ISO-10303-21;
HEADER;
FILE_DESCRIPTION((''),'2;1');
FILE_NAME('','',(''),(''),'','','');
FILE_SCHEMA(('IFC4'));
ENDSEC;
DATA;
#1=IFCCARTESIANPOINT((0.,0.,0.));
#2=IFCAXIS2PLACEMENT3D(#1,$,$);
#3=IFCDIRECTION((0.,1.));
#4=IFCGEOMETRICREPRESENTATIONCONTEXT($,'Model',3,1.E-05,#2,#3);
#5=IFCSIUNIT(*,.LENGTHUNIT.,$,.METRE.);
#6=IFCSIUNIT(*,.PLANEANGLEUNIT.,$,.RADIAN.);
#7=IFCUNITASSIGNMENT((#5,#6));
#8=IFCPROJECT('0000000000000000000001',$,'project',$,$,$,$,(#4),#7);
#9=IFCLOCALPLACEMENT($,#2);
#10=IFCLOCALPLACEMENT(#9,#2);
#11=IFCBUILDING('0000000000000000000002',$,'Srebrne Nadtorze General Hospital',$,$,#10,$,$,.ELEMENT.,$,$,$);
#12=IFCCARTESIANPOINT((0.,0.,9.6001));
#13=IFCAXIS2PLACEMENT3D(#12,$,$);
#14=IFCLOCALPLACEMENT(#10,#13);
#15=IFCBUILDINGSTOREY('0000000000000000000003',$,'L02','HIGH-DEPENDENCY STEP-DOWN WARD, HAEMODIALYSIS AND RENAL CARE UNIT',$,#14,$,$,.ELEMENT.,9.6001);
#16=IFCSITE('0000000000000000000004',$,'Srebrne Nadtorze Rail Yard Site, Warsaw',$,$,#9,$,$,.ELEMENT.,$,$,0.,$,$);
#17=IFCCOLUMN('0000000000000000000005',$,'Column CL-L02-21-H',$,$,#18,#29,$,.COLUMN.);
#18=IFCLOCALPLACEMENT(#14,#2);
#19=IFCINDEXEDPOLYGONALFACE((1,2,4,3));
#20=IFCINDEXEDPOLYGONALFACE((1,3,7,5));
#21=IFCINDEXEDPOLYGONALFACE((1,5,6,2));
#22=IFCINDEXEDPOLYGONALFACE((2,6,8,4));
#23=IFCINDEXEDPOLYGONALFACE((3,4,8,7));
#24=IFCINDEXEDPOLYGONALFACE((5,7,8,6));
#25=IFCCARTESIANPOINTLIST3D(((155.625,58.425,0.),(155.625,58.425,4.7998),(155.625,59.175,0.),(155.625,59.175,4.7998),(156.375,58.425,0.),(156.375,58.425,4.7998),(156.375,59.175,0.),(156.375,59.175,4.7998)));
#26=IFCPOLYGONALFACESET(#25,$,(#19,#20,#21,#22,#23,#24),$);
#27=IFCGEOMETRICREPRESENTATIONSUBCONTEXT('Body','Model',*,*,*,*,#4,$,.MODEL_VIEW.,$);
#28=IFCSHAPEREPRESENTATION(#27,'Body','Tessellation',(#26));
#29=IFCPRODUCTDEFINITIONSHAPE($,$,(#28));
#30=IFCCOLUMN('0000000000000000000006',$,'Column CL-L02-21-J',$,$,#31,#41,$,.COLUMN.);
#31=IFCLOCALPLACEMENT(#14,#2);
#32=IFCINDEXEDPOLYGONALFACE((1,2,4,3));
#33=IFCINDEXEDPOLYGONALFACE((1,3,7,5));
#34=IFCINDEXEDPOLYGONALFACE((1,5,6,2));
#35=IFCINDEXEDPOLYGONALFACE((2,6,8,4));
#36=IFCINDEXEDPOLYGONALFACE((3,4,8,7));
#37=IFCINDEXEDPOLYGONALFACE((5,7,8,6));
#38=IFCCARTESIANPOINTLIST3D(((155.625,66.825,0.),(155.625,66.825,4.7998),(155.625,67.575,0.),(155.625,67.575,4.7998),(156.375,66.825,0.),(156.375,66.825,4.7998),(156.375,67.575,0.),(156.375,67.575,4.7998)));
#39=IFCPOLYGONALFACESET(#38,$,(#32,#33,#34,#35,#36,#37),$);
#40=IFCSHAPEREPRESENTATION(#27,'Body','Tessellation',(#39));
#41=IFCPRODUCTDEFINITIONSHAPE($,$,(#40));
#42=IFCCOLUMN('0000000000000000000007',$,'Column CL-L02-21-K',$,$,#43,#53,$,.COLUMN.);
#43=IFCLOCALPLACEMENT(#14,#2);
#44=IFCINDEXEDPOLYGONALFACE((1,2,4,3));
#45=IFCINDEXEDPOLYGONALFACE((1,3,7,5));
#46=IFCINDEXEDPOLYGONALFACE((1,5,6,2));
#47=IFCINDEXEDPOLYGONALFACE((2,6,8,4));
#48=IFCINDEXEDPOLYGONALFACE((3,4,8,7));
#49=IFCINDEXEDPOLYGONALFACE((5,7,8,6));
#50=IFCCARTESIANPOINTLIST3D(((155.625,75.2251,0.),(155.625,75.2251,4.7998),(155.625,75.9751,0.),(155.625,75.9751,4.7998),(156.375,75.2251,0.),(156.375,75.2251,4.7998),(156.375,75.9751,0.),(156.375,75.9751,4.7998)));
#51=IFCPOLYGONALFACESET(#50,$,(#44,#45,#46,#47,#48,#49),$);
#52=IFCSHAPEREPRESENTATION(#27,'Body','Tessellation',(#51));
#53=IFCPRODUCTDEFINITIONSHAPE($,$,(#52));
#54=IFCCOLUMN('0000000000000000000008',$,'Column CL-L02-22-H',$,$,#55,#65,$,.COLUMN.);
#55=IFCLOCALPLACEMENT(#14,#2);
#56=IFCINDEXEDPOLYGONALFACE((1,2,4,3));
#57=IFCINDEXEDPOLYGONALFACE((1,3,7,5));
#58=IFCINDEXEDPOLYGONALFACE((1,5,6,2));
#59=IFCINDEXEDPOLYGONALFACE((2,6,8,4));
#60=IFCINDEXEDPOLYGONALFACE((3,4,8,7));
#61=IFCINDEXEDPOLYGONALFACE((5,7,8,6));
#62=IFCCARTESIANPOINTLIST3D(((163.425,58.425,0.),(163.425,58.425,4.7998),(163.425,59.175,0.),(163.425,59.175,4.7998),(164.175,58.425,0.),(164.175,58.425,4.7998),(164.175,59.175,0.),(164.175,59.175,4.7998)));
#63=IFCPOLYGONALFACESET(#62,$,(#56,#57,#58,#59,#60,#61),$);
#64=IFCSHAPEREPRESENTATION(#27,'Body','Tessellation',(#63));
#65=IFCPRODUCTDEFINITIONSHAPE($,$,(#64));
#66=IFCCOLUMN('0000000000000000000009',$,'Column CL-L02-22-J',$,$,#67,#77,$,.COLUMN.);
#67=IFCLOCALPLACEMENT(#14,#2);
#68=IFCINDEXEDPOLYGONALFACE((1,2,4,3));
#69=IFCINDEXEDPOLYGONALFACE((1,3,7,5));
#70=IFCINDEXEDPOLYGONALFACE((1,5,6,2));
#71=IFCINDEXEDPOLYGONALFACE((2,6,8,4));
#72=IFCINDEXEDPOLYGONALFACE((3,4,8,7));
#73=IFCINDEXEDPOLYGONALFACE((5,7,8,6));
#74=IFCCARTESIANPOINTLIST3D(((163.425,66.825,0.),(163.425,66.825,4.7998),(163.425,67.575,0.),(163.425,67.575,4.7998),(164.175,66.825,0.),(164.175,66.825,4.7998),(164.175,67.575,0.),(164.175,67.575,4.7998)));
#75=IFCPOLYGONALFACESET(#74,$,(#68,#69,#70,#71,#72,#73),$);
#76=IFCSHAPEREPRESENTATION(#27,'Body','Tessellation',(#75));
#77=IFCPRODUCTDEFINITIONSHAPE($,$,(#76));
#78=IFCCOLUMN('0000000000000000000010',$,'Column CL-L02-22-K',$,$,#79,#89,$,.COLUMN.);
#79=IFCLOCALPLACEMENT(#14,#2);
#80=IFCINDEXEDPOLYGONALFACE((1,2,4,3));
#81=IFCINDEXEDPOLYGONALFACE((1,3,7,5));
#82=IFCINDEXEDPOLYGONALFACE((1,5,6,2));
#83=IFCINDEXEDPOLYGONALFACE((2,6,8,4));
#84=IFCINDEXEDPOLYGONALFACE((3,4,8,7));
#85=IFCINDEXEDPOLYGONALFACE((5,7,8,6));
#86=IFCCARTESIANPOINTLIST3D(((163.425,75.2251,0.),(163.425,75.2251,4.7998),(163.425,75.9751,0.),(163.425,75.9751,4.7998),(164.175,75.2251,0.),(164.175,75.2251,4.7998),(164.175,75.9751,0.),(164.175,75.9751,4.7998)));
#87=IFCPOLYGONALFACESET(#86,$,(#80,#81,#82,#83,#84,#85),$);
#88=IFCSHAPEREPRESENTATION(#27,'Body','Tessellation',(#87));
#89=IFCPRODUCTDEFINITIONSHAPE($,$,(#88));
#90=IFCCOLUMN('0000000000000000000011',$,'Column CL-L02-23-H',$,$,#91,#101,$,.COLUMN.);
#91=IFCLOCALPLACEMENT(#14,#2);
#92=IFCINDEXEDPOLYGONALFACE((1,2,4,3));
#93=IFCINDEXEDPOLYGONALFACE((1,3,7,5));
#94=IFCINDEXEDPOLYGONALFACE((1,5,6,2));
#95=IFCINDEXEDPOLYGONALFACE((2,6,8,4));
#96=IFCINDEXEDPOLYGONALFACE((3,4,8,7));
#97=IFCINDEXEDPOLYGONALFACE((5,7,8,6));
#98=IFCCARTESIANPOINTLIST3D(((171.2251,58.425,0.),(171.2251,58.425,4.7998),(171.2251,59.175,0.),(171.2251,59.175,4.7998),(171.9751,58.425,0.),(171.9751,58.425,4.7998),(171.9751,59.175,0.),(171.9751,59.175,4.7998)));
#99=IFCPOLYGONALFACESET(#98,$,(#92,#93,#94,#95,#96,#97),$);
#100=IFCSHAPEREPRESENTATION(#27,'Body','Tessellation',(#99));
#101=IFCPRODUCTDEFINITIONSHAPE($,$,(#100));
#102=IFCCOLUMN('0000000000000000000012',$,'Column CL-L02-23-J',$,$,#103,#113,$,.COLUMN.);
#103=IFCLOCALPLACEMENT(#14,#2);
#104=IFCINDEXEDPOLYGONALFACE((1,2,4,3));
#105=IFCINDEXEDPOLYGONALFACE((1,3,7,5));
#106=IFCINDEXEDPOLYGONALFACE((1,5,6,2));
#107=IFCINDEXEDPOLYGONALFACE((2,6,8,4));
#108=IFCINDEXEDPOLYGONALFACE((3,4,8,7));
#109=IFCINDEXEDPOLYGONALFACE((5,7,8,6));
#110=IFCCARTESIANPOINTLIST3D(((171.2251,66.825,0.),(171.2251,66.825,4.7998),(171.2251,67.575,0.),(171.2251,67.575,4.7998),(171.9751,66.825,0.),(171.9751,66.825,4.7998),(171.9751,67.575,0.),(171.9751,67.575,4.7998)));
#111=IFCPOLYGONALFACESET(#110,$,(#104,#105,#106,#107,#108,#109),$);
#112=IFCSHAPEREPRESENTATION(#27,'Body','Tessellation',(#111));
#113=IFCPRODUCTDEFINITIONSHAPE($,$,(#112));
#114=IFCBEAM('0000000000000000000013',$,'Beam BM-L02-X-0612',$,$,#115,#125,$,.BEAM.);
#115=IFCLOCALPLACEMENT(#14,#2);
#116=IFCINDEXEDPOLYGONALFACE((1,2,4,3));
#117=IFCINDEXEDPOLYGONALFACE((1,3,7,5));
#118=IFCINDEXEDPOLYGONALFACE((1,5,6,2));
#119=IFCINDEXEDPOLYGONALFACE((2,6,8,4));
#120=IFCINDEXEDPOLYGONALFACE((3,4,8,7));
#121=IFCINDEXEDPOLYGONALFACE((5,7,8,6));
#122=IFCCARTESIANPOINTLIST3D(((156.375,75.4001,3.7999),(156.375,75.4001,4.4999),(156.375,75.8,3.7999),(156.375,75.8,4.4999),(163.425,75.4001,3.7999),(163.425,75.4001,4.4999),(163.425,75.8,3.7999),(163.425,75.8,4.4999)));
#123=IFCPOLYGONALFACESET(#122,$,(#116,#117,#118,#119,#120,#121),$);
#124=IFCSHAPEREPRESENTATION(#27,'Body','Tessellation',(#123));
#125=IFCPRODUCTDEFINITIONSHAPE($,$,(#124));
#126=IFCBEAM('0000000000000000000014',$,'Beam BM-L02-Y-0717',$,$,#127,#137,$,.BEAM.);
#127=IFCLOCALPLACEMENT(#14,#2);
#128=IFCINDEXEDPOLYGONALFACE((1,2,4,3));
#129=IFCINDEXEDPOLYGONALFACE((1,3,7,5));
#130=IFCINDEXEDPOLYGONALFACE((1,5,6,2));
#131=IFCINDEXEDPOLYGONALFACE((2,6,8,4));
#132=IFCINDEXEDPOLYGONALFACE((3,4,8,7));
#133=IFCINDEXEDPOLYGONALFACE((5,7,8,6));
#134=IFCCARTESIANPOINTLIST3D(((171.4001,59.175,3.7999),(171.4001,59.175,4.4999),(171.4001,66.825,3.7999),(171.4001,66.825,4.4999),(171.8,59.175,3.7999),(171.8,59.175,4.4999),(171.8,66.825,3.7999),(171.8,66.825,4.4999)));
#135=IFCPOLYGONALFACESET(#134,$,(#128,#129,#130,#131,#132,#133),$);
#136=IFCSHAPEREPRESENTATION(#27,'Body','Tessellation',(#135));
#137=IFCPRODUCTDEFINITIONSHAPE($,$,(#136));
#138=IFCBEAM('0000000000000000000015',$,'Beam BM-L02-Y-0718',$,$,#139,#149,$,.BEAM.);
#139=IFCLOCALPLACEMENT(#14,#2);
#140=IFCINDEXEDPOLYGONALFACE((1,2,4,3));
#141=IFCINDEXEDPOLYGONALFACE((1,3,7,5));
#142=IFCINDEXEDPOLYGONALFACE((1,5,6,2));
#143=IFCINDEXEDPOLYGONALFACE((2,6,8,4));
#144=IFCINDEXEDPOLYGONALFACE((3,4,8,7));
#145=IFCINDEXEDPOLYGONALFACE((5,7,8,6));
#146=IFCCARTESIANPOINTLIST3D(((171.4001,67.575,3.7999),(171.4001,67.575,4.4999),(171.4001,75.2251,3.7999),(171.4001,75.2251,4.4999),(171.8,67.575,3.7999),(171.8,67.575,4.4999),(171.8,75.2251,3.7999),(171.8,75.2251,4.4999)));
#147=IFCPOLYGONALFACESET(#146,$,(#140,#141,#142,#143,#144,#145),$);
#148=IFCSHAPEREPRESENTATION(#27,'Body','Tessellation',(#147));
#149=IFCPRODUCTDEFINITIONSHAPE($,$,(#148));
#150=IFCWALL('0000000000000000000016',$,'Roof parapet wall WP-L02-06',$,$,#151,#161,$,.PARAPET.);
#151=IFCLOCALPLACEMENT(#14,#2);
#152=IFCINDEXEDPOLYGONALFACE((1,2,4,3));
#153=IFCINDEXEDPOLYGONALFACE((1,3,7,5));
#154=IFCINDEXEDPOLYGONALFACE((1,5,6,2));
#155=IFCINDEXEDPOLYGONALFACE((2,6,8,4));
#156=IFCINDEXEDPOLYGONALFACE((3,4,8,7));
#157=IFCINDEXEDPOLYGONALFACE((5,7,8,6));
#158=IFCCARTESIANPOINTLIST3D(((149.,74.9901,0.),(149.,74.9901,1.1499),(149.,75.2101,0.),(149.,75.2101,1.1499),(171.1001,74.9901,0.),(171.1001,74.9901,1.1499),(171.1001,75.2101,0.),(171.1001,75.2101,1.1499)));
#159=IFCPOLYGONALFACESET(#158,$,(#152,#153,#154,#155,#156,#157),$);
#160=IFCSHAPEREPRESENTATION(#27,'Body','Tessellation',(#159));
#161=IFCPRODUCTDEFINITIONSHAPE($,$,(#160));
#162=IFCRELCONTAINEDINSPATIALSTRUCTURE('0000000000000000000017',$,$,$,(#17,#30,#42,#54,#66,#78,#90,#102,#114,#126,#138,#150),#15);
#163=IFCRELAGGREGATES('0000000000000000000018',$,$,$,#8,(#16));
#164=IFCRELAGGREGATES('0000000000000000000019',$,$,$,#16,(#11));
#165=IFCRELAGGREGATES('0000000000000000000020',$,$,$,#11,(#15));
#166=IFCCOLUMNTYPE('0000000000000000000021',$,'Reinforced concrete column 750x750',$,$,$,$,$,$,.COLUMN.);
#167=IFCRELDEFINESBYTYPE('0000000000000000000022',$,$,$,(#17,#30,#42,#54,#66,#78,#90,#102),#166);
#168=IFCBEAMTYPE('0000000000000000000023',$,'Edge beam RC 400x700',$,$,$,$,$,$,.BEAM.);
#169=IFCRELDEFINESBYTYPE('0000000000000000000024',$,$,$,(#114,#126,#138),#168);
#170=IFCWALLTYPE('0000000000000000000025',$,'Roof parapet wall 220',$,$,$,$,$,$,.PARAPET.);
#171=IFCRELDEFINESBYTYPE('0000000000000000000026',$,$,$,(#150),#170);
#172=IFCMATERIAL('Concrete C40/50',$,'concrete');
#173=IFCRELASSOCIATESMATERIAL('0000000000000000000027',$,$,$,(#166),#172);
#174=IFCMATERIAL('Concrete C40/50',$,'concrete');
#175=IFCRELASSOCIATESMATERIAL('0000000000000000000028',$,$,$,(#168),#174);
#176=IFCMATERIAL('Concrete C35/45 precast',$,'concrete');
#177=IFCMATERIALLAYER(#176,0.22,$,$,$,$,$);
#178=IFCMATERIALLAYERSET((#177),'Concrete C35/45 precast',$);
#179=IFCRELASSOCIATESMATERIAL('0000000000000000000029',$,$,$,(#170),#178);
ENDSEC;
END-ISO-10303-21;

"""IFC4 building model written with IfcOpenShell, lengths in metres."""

from ifc_helpers import new_model, si_unit, direction, frame, frame_2d, origin, origin_2d, place, context, subcontext, project, spatial, rectangle, extrude, material, layer, layer_set, material_profile, profile_set, type_object, element, save


model = new_model("IFC4")

# Units and contexts
model_context = context("Model", 3, precision=1e-05, world=origin(), true_north=direction((0.0, 1.0)))
body_context = subcontext(model_context, "Body", "Model", "MODEL_VIEW")
ifc_project = project(units=[si_unit("LENGTHUNIT", "METRE"), si_unit("PLANEANGLEUNIT", "RADIAN")], contexts=[model_context])

# Site, building, storey
site_placement = place(None, origin())
site = spatial("IfcSite", under=ifc_project, at=site_placement, Name="Srebrne Nadtorze Rail Yard Site, Warsaw", CompositionType="ELEMENT", RefElevation=0.0)
building_placement = place(site_placement, origin())
building = spatial("IfcBuilding", under=site, at=building_placement, Name="Srebrne Nadtorze General Hospital", CompositionType="ELEMENT")
storey_placement = place(building_placement, frame((0.0, 0.0, 9.6001)))
storey = spatial("IfcBuildingStorey", under=building, at=storey_placement, Name="L02", Description="HIGH-DEPENDENCY STEP-DOWN WARD, HAEMODIALYSIS AND RENAL CARE UNIT", CompositionType="ELEMENT", Elevation=9.6001)

# Columns
ifc_material_1 = material(Name="Concrete C40/50", Category="concrete")
ifc_material_profile_1 = material_profile(ifc_material_1, rectangle(XDim=0.75, YDim=0.75, at=origin_2d()), Name="RC-COL-750x750")
ifc_profile_set_1 = profile_set([ifc_material_profile_1], Name="Concrete C40/50")
column_type = type_object("IfcColumnType", Name="Reinforced concrete column 750x750", PredefinedType="COLUMN", material=ifc_profile_set_1)
for number, where, z_axis, x_axis, name in (
    (1, (156.0, 58.8, 0.0), (0.0, 0.0, 1.0), (1.0, 0.0, 0.0), "Column CL-L02-21-H"),
    (2, (156.0, 67.2, 0.0), (0.0, 0.0, 1.0), (1.0, 0.0, 0.0), "Column CL-L02-21-J"),
    (3, (156.0, 75.6001, 0.0), (0.0, 0.0, 1.0), (1.0, 0.0, 0.0), "Column CL-L02-21-K"),
    (4, (163.8, 58.8, 0.0), (0.0, 0.0, 1.0), (1.0, 0.0, 0.0), "Column CL-L02-22-H"),
    (5, (163.8, 67.2, 0.0), (0.0, 0.0, 1.0), (1.0, 0.0, 0.0), "Column CL-L02-22-J"),
    (6, (163.8, 75.6001, 0.0), (0.0, 0.0, 1.0), (1.0, 0.0, 0.0), "Column CL-L02-22-K"),
    (7, (171.6001, 58.8, 0.0), (0.0, 0.0, 1.0), (1.0, 0.0, 0.0), "Column CL-L02-23-H"),
    (8, (171.6001, 67.2, 0.0), (0.0, 0.0, 1.0), (1.0, 0.0, 0.0), "Column CL-L02-23-J"),
):
    element("IfcColumn", number, at=place(storey_placement, frame(where, z_axis=z_axis, x_axis=x_axis)), inside=storey, type_object=column_type, Name=name, PredefinedType="COLUMN", context=body_context, shape_type="SweptSolid", body=[
        extrude(rectangle(XDim=0.75, YDim=0.75, at=origin_2d()), origin(), (0.0, 0.0, 1.0), 4.7998),
    ])

# Beams
ifc_material_2 = material(Name="Concrete C40/50", Category="concrete")
ifc_material_profile_2 = material_profile(ifc_material_2, rectangle(XDim=0.3999, YDim=0.7, at=origin_2d()), Name="RC-BM-400x700")
ifc_profile_set_2 = profile_set([ifc_material_profile_2], Name="Concrete C40/50")
beam_type = type_object("IfcBeamType", Name="Edge beam RC 400x700", PredefinedType="BEAM", material=ifc_profile_set_2)
beam_1_placement = place(storey_placement, frame((156.375, 75.6001, 4.1499), z_axis=(1.0, 0.0, 0.0), x_axis=(0.0, 1.0, 0.0)))
element("IfcBeam", 9, at=beam_1_placement, inside=storey, type_object=beam_type, Name="Beam BM-L02-X-0612", PredefinedType="BEAM", context=body_context, shape_type="SweptSolid", body=[
    extrude(rectangle(XDim=0.3999, YDim=0.7, at=origin_2d()), origin(), (0.0, 0.0, 1.0), 7.05),
])
beam_2_placement = place(storey_placement, frame((171.6001, 59.175, 4.1499), z_axis=(0.0, 1.0, 0.0), x_axis=(-1.0, 0.0, 0.0)))
element("IfcBeam", 10, at=beam_2_placement, inside=storey, type_object=beam_type, Name="Beam BM-L02-Y-0717", PredefinedType="BEAM", context=body_context, shape_type="SweptSolid", body=[
    extrude(rectangle(XDim=0.3999, YDim=0.7, at=origin_2d()), origin(), (0.0, 0.0, 1.0), 7.6499),
])
beam_3_placement = place(storey_placement, frame((171.6001, 67.575, 4.1499), z_axis=(0.0, 1.0, 0.0), x_axis=(-1.0, 0.0, 0.0)))
element("IfcBeam", 11, at=beam_3_placement, inside=storey, type_object=beam_type, Name="Beam BM-L02-Y-0718", PredefinedType="BEAM", context=body_context, shape_type="SweptSolid", body=[
    extrude(rectangle(XDim=0.3999, YDim=0.7, at=origin_2d()), origin(), (0.0, 0.0, 1.0), 7.6501),
])

# Wall
ifc_material_3 = material(Name="Concrete C35/45 precast", Category="concrete")
ifc_layer_1 = layer(ifc_material_3, 0.22)
ifc_layer_set_1 = layer_set([ifc_layer_1], Name="Concrete C35/45 precast")
wall_type_1 = type_object("IfcWallType", Name="Roof parapet wall 220", PredefinedType="PARAPET", material=ifc_layer_set_1)
wall_1_placement = place(storey_placement, frame((149.0, 75.1001, 0.0), z_axis=(0.0, 0.0, 1.0), x_axis=(1.0, 0.0, 0.0)))
element("IfcWall", 12, at=wall_1_placement, inside=storey, type_object=wall_type_1, Name="Roof parapet wall WP-L02-06", PredefinedType="PARAPET", context=body_context, shape_type="SweptSolid", body=[
    extrude(rectangle(XDim=22.1001, YDim=0.22, at=frame_2d((11.05, 0.0))), origin(), (0.0, 0.0, 1.0), 1.1499),
])

save(model, "model.ifc")
